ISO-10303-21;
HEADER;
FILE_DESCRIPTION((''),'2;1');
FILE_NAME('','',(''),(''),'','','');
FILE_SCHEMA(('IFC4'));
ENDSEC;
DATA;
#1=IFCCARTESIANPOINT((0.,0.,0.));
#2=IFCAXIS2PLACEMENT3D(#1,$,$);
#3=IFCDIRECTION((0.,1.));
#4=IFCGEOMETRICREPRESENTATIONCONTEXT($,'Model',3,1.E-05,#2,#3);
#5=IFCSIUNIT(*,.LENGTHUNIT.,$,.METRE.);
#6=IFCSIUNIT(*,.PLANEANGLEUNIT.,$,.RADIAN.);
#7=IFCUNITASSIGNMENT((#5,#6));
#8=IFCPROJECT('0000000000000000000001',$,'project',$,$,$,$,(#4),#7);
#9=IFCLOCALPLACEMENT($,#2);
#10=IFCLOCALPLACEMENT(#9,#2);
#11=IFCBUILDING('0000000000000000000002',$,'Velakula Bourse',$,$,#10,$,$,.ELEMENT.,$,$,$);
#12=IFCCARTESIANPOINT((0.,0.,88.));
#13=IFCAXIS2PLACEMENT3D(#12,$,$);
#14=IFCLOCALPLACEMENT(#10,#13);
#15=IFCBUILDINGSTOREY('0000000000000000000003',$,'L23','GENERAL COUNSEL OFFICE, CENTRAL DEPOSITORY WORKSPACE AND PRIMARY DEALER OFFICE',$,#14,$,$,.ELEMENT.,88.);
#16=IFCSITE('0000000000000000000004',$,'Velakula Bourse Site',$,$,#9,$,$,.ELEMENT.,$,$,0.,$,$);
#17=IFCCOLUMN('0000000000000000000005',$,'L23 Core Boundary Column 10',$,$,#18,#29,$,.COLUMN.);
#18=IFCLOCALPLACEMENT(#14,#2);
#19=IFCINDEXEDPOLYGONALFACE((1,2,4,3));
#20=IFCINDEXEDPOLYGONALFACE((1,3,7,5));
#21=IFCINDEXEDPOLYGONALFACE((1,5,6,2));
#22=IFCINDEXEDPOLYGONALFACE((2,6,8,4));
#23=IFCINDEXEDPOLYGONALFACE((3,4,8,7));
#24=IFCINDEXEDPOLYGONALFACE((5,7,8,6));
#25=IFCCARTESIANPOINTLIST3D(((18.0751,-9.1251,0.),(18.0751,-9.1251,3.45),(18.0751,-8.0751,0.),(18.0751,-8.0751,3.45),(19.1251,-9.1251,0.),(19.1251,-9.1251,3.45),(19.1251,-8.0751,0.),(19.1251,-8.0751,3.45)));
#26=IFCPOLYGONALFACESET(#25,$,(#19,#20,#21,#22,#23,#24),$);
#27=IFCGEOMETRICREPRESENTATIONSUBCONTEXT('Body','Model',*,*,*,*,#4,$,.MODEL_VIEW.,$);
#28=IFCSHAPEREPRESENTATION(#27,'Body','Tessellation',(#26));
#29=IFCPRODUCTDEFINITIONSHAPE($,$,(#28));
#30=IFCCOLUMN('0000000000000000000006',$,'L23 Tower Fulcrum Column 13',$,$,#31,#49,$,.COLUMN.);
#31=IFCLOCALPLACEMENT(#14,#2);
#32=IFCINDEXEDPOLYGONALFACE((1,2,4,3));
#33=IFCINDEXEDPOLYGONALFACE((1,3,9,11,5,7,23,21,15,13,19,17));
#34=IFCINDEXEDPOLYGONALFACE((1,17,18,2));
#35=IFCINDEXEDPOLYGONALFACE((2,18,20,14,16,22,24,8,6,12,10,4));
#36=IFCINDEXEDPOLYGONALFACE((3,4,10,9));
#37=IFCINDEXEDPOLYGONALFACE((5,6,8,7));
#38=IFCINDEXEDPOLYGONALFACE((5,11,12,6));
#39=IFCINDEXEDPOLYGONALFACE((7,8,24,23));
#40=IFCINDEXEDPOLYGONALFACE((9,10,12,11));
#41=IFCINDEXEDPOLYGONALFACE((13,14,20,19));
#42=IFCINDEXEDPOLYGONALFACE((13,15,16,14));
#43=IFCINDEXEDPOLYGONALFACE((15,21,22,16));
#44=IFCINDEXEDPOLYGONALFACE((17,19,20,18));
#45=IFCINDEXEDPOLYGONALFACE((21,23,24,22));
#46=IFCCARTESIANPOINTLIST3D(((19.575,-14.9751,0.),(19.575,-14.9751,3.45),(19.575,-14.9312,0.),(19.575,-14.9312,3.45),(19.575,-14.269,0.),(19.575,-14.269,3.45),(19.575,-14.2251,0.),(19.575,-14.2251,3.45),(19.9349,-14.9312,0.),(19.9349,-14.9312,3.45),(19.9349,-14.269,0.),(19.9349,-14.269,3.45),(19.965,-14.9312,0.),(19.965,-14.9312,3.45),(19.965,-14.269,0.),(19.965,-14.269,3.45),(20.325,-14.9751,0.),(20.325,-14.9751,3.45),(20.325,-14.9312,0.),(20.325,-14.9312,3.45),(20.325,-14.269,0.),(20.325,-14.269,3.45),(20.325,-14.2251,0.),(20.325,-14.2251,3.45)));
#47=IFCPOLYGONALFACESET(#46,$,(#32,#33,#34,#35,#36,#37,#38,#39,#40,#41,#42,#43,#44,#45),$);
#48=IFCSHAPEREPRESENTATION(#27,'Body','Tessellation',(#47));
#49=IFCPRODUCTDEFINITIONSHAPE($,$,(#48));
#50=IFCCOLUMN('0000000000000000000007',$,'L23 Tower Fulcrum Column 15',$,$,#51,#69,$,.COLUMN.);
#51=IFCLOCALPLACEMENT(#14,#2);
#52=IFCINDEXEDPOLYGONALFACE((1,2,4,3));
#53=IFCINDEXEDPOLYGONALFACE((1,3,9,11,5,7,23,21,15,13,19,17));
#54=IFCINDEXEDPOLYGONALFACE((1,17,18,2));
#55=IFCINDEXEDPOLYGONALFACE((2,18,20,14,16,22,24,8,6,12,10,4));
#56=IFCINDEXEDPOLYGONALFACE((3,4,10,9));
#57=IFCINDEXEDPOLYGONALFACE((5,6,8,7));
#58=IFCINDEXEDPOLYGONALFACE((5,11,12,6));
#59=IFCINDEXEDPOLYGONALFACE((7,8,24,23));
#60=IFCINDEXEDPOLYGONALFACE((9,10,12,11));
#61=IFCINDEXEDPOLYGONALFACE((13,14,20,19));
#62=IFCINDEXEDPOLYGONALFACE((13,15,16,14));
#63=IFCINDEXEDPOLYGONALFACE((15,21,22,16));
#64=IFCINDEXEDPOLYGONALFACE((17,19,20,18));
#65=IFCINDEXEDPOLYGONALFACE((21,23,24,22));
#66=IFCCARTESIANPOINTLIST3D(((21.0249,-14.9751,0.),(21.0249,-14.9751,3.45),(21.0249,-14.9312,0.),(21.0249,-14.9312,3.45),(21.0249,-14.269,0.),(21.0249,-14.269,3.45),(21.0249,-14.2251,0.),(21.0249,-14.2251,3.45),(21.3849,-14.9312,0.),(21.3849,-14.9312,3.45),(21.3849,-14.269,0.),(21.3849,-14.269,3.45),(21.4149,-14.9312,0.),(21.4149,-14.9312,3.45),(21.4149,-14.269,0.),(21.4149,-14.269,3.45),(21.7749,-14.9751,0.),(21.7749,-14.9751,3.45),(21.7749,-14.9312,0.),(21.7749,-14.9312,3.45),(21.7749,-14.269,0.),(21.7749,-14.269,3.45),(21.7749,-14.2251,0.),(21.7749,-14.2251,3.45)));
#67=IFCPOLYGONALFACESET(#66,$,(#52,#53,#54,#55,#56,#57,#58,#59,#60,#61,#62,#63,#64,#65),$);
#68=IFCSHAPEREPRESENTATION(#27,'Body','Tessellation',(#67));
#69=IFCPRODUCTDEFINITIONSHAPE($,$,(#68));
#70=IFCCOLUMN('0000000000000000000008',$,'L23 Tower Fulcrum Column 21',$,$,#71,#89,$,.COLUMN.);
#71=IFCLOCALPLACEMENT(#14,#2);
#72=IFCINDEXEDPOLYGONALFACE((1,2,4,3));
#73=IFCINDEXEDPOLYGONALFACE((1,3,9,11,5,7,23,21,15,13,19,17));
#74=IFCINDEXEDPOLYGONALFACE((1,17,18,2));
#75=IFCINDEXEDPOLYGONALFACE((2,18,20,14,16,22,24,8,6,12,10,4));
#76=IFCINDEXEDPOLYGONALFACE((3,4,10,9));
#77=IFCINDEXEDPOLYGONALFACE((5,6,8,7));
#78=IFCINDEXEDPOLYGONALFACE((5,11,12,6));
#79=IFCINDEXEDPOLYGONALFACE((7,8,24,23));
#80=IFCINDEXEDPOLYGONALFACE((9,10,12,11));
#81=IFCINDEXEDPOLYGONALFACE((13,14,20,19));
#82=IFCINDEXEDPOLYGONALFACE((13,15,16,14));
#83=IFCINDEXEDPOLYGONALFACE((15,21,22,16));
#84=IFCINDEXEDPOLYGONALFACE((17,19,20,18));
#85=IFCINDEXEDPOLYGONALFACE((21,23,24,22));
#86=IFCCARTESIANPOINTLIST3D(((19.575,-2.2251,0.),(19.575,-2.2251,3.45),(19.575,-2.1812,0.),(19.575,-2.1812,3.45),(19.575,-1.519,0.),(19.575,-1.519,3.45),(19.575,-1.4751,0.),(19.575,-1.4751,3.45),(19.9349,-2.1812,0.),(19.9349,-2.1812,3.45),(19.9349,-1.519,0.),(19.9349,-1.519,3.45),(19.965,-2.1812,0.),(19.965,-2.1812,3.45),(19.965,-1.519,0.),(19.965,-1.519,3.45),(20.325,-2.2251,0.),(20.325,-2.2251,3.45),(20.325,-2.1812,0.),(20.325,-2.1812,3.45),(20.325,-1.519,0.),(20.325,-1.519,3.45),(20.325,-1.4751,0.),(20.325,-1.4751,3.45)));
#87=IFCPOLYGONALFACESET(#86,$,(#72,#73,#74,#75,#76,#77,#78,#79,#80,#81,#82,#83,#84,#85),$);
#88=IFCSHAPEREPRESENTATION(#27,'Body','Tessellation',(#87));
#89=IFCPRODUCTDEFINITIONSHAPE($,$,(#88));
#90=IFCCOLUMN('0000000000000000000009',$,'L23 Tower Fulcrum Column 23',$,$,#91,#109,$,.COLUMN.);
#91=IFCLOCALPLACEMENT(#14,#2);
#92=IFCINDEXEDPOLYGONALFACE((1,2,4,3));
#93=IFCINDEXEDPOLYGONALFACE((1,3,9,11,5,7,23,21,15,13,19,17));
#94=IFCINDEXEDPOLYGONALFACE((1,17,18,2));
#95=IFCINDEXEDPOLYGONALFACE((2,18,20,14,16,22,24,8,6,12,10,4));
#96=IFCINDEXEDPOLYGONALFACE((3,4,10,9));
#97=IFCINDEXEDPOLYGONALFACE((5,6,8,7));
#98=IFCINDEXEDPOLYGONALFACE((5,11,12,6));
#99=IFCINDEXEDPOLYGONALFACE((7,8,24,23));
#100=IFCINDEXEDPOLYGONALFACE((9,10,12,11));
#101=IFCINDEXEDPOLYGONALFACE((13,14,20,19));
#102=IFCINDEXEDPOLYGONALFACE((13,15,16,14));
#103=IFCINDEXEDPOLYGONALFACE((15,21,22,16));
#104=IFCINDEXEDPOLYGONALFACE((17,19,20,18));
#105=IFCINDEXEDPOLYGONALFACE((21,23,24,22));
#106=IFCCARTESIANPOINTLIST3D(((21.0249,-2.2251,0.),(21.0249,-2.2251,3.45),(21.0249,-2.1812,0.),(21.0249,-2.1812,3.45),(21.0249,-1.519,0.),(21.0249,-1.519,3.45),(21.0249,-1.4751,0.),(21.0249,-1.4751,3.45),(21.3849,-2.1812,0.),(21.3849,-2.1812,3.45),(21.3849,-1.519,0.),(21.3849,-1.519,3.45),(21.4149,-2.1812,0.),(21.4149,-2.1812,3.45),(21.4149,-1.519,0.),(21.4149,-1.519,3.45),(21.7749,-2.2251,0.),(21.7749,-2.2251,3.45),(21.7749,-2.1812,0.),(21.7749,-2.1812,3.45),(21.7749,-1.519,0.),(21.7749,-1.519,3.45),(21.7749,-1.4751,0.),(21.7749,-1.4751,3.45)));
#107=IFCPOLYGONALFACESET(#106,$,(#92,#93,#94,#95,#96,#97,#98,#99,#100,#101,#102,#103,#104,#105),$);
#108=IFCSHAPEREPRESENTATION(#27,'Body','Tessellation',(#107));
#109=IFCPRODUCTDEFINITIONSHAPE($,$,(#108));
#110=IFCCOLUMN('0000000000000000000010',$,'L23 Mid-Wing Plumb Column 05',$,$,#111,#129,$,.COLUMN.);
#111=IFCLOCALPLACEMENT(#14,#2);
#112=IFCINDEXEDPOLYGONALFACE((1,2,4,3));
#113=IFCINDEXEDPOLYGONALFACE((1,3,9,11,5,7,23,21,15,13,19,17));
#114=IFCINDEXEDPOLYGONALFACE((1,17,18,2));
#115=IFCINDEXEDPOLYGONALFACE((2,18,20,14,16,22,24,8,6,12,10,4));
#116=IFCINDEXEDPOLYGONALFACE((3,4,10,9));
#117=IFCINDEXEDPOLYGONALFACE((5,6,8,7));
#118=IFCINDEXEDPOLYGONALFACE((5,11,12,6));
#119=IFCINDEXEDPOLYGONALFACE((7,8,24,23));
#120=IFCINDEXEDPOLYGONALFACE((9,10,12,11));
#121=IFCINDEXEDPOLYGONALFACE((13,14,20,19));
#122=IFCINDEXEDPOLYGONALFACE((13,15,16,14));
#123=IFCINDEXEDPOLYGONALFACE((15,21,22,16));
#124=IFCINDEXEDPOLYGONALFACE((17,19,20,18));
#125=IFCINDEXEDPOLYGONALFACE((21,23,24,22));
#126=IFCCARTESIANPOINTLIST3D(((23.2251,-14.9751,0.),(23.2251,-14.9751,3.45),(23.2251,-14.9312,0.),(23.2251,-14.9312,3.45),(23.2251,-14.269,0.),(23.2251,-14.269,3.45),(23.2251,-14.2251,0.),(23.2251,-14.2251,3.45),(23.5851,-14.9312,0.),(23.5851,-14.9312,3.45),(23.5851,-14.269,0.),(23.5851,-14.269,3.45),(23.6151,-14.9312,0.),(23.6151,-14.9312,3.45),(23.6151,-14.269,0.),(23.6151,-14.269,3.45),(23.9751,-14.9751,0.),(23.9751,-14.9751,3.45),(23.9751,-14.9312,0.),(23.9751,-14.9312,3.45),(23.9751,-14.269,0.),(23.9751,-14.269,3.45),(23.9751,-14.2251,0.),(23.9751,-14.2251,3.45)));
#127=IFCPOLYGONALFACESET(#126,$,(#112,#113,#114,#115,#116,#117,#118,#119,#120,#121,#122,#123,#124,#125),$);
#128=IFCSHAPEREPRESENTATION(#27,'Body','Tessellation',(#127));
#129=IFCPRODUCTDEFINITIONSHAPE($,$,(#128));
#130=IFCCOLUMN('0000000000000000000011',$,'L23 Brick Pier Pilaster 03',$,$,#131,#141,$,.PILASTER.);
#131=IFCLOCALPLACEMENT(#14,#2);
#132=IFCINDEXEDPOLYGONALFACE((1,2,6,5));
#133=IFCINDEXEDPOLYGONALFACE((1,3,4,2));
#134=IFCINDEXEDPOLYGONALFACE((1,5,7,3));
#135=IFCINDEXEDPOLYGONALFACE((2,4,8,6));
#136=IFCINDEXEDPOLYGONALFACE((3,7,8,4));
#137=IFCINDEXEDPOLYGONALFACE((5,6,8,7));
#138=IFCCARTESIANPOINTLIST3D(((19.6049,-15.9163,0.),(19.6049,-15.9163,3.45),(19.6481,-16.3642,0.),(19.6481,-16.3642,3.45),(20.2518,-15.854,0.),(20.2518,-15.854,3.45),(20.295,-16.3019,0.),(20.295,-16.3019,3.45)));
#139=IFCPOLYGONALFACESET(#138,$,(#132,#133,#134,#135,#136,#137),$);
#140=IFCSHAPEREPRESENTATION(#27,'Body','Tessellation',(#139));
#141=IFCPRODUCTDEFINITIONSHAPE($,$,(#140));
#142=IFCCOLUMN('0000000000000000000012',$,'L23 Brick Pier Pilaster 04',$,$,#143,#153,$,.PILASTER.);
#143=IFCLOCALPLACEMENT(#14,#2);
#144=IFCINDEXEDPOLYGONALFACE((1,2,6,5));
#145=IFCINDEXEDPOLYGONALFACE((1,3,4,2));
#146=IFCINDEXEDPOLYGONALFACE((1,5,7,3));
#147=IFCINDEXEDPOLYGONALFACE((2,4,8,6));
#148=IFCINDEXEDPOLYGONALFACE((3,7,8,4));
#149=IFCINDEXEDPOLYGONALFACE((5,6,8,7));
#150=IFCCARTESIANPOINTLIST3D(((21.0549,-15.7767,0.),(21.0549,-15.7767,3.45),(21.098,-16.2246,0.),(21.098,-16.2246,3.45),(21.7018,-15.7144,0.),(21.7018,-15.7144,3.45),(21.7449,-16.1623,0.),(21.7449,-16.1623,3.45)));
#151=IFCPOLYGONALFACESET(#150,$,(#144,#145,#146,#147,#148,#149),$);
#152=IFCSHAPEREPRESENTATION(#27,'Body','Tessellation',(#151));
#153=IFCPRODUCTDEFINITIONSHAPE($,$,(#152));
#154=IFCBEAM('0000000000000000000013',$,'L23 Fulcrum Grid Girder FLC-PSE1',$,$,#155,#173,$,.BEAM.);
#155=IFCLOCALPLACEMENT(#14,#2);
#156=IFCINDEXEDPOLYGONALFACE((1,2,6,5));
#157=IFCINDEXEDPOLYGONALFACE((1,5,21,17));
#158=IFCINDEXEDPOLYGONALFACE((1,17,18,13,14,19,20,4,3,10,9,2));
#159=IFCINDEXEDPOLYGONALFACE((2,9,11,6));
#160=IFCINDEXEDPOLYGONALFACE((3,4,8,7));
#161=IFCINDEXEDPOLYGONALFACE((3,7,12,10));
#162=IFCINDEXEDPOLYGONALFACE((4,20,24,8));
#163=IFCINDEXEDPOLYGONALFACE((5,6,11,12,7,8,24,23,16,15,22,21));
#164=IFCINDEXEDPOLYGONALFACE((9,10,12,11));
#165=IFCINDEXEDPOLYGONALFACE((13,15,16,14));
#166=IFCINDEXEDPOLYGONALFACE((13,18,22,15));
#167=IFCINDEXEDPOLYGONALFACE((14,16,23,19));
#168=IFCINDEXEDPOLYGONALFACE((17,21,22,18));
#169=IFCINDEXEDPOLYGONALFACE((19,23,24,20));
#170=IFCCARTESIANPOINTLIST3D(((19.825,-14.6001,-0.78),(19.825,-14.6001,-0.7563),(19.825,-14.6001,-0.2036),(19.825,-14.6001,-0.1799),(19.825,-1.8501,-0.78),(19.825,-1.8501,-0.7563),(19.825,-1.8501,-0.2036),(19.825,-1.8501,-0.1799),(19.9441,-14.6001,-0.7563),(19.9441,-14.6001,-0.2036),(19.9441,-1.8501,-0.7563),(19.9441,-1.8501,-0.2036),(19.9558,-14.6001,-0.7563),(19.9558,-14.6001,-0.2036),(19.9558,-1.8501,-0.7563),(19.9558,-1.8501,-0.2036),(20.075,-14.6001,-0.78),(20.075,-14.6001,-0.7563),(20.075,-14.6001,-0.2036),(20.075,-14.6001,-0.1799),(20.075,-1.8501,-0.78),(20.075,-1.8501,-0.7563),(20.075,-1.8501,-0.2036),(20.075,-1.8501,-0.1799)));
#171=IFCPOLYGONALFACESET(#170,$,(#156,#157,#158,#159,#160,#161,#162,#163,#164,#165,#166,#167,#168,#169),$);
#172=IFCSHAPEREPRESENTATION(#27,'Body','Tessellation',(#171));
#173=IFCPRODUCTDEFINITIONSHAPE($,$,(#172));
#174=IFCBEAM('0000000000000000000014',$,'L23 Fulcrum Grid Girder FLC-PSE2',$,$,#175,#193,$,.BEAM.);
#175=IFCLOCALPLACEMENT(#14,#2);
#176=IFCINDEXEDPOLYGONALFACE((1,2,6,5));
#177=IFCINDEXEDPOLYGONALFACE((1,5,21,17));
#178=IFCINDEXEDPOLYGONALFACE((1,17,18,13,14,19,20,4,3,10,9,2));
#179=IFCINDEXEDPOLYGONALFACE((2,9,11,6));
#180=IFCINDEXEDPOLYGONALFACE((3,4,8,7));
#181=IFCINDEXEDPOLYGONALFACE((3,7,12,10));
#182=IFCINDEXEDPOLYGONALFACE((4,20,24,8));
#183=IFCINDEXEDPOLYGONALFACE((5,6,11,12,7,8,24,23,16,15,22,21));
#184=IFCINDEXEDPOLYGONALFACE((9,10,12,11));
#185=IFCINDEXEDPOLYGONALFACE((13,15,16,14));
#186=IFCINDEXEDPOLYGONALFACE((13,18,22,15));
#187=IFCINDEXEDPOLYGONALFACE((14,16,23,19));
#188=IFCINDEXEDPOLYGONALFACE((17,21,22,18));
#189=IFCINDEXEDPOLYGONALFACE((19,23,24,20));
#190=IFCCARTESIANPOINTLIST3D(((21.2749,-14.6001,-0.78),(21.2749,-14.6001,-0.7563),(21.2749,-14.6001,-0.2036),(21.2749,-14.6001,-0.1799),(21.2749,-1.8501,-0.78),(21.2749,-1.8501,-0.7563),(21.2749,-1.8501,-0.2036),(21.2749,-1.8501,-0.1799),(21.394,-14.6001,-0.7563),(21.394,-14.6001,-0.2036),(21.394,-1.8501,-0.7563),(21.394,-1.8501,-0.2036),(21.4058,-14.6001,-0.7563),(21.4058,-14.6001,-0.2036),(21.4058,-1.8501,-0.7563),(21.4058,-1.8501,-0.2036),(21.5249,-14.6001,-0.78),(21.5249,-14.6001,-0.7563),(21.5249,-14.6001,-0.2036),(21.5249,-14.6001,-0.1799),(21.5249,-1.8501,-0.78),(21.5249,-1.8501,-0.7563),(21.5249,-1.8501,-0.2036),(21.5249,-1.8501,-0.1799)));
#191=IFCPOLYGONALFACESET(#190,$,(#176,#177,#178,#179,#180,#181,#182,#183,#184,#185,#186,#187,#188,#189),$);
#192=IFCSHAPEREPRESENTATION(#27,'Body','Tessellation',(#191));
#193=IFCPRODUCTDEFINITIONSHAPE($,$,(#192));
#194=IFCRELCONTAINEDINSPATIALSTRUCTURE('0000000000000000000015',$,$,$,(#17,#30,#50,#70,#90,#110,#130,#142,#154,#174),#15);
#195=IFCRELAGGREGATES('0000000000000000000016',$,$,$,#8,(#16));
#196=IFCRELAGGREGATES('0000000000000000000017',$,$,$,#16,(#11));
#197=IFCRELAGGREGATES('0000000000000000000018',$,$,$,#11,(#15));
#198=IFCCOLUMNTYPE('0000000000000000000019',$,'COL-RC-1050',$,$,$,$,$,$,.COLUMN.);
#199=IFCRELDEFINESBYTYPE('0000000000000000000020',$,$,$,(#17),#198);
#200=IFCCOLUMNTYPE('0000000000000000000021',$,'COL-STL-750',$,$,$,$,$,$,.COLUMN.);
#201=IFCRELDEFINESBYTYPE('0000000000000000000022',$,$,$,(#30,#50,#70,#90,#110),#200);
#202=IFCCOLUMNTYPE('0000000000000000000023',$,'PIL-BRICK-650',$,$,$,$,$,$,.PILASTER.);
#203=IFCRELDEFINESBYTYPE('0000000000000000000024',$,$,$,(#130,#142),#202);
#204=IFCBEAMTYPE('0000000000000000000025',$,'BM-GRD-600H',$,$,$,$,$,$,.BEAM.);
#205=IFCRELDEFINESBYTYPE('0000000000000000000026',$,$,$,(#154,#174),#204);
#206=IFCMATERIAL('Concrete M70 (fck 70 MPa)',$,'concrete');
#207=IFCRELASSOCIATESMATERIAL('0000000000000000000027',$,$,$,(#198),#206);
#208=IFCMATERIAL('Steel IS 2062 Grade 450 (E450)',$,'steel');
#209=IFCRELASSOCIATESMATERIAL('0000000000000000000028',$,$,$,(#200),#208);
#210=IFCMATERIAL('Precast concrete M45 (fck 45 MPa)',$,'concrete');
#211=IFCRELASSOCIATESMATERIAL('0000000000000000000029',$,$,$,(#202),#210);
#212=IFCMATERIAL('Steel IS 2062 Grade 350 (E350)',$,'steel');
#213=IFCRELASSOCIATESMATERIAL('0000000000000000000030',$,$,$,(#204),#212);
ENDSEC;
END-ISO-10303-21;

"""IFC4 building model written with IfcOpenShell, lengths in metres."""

from ifc_helpers import new_model, si_unit, direction, frame, origin, origin_2d, place, context, subcontext, project, spatial, rectangle, i_section, extrude, material, material_profile, profile_set, type_object, element, save


model = new_model("IFC4")

# Units and contexts
model_context = context("Model", 3, precision=1e-05, world=origin(), true_north=direction((0.0, 1.0)))
body_context = subcontext(model_context, "Body", "Model", "MODEL_VIEW")
ifc_project = project(units=[si_unit("LENGTHUNIT", "METRE"), si_unit("PLANEANGLEUNIT", "RADIAN")], contexts=[model_context])

# Site, building, storey
site_placement = place(None, origin())
site = spatial("IfcSite", under=ifc_project, at=site_placement, Name="Velakula Bourse Site", CompositionType="ELEMENT", RefElevation=0.0)
building_placement = place(site_placement, origin())
building = spatial("IfcBuilding", under=site, at=building_placement, Name="Velakula Bourse", CompositionType="ELEMENT")
storey_placement = place(building_placement, frame((0.0, 0.0, 88.0)))
storey = spatial("IfcBuildingStorey", under=building, at=storey_placement, Name="L23", Description="GENERAL COUNSEL OFFICE, CENTRAL DEPOSITORY WORKSPACE AND PRIMARY DEALER OFFICE", CompositionType="ELEMENT", Elevation=88.0)

# Columns
ifc_material_1 = material(Name="Concrete M70 (fck 70 MPa)", Category="concrete")
ifc_material_profile_1 = material_profile(ifc_material_1, rectangle(XDim=1.05, YDim=1.05, at=origin_2d()), Name="Concrete M70 (fck 70 MPa)")
ifc_profile_set_1 = profile_set([ifc_material_profile_1], Name="Concrete M70 (fck 70 MPa)")
column_type_1 = type_object("IfcColumnType", Name="COL-RC-1050", PredefinedType="COLUMN", material=ifc_profile_set_1)
column_placement = place(storey_placement, frame((18.6001, -8.6001, 0.0), z_axis=(0.0, 0.0, 1.0), x_axis=(1.0, 0.0, 0.0)))
element("IfcColumn", 1, at=column_placement, inside=storey, type_object=column_type_1, Name="L23 Core Boundary Column 10", PredefinedType="COLUMN", context=body_context, shape_type="SweptSolid", body=[
    extrude(rectangle(XDim=1.05, YDim=1.05, at=origin_2d()), origin(), (0.0, 0.0, 1.0), 3.45),
])
ifc_material_2 = material(Name="Steel IS 2062 Grade 450 (E450)", Category="steel")
ifc_material_profile_2 = material_profile(ifc_material_2, i_section(OverallWidth=0.75, OverallDepth=0.75, WebThickness=0.03, FlangeThickness=0.0439, at=origin_2d()), Name="Steel IS 2062 Grade 450 (E450)")
ifc_profile_set_2 = profile_set([ifc_material_profile_2], Name="Steel IS 2062 Grade 450 (E450)")
column_type_2 = type_object("IfcColumnType", Name="COL-STL-750", PredefinedType="COLUMN", material=ifc_profile_set_2)
for number, where, z_axis, x_axis, name in (
    (2, (19.95, -14.6001, 0.0), (0.0, 0.0, 1.0), (1.0, 0.0, 0.0), "L23 Tower Fulcrum Column 13"),
    (3, (21.3999, -14.6001, 0.0), (0.0, 0.0, 1.0), (1.0, 0.0, 0.0), "L23 Tower Fulcrum Column 15"),
    (4, (19.95, -1.8501, 0.0), (0.0, 0.0, 1.0), (1.0, 0.0, 0.0), "L23 Tower Fulcrum Column 21"),
    (5, (21.3999, -1.8501, 0.0), (0.0, 0.0, 1.0), (1.0, 0.0, 0.0), "L23 Tower Fulcrum Column 23"),
    (6, (23.6001, -14.6001, 0.0), (0.0, 0.0, 1.0), (1.0, 0.0, 0.0), "L23 Mid-Wing Plumb Column 05"),
):
    element("IfcColumn", number, at=place(storey_placement, frame(where, z_axis=z_axis, x_axis=x_axis)), inside=storey, type_object=column_type_2, Name=name, PredefinedType="COLUMN", context=body_context, shape_type="SweptSolid", body=[
        extrude(i_section(OverallWidth=0.75, OverallDepth=0.75, WebThickness=0.03, FlangeThickness=0.0439, at=origin_2d()), origin(), (0.0, 0.0, 1.0), 3.45),
    ])
ifc_material_3 = material(Name="Precast concrete M45 (fck 45 MPa)", Category="concrete")
ifc_material_profile_3 = material_profile(ifc_material_3, rectangle(XDim=0.6499, YDim=0.45, at=origin_2d()), Name="Precast concrete M45 (fck 45 MPa)")
ifc_profile_set_3 = profile_set([ifc_material_profile_3], Name="Precast concrete M45 (fck 45 MPa)")
column_type_3 = type_object("IfcColumnType", Name="PIL-BRICK-650", PredefinedType="PILASTER", material=ifc_profile_set_3)
for number, where, z_axis, x_axis, name in (
    (7, (19.95, -16.1091, 0.0), (0.0, 0.0, 1.0), (0.995396, 0.095846, 0.0), "L23 Brick Pier Pilaster 03"),
    (8, (21.3999, -15.9695, 0.0), (0.0, 0.0, 1.0), (0.995396, 0.095846, 0.0), "L23 Brick Pier Pilaster 04"),
):
    element("IfcColumn", number, at=place(storey_placement, frame(where, z_axis=z_axis, x_axis=x_axis)), inside=storey, type_object=column_type_3, Name=name, PredefinedType="PILASTER", context=body_context, shape_type="SweptSolid", body=[
        extrude(rectangle(XDim=0.6499, YDim=0.45, at=origin_2d()), origin(), (0.0, 0.0, 1.0), 3.45),
    ])

# Beams
ifc_material_4 = material(Name="Steel IS 2062 Grade 350 (E350)", Category="steel")
ifc_material_profile_4 = material_profile(ifc_material_4, i_section(OverallWidth=0.25, OverallDepth=0.6001, WebThickness=0.0117, FlangeThickness=0.0237, at=origin_2d()), Name="Steel IS 2062 Grade 350 (E350)")
ifc_profile_set_4 = profile_set([ifc_material_profile_4], Name="Steel IS 2062 Grade 350 (E350)")
beam_type_1 = type_object("IfcBeamType", Name="BM-GRD-600H", PredefinedType="BEAM", material=ifc_profile_set_4)
for number, where, z_axis, x_axis, name in (
    (9, (19.95, -14.6001, -0.48), (0.0, 1.0, 0.0), (-1.0, 0.0, 0.0), "L23 Fulcrum Grid Girder FLC-PSE1"),
    (10, (21.3999, -14.6001, -0.48), (0.0, 1.0, 0.0), (-1.0, 0.0, 0.0), "L23 Fulcrum Grid Girder FLC-PSE2"),
):
    element("IfcBeam", number, at=place(storey_placement, frame(where, z_axis=z_axis, x_axis=x_axis)), inside=storey, type_object=beam_type_1, Name=name, PredefinedType="BEAM", context=body_context, shape_type="SweptSolid", body=[
        extrude(i_section(OverallWidth=0.25, OverallDepth=0.6001, WebThickness=0.0117, FlangeThickness=0.0237, at=origin_2d()), origin(), (0.0, 0.0, 1.0), 12.75),
    ])

save(model, "model.ifc")
